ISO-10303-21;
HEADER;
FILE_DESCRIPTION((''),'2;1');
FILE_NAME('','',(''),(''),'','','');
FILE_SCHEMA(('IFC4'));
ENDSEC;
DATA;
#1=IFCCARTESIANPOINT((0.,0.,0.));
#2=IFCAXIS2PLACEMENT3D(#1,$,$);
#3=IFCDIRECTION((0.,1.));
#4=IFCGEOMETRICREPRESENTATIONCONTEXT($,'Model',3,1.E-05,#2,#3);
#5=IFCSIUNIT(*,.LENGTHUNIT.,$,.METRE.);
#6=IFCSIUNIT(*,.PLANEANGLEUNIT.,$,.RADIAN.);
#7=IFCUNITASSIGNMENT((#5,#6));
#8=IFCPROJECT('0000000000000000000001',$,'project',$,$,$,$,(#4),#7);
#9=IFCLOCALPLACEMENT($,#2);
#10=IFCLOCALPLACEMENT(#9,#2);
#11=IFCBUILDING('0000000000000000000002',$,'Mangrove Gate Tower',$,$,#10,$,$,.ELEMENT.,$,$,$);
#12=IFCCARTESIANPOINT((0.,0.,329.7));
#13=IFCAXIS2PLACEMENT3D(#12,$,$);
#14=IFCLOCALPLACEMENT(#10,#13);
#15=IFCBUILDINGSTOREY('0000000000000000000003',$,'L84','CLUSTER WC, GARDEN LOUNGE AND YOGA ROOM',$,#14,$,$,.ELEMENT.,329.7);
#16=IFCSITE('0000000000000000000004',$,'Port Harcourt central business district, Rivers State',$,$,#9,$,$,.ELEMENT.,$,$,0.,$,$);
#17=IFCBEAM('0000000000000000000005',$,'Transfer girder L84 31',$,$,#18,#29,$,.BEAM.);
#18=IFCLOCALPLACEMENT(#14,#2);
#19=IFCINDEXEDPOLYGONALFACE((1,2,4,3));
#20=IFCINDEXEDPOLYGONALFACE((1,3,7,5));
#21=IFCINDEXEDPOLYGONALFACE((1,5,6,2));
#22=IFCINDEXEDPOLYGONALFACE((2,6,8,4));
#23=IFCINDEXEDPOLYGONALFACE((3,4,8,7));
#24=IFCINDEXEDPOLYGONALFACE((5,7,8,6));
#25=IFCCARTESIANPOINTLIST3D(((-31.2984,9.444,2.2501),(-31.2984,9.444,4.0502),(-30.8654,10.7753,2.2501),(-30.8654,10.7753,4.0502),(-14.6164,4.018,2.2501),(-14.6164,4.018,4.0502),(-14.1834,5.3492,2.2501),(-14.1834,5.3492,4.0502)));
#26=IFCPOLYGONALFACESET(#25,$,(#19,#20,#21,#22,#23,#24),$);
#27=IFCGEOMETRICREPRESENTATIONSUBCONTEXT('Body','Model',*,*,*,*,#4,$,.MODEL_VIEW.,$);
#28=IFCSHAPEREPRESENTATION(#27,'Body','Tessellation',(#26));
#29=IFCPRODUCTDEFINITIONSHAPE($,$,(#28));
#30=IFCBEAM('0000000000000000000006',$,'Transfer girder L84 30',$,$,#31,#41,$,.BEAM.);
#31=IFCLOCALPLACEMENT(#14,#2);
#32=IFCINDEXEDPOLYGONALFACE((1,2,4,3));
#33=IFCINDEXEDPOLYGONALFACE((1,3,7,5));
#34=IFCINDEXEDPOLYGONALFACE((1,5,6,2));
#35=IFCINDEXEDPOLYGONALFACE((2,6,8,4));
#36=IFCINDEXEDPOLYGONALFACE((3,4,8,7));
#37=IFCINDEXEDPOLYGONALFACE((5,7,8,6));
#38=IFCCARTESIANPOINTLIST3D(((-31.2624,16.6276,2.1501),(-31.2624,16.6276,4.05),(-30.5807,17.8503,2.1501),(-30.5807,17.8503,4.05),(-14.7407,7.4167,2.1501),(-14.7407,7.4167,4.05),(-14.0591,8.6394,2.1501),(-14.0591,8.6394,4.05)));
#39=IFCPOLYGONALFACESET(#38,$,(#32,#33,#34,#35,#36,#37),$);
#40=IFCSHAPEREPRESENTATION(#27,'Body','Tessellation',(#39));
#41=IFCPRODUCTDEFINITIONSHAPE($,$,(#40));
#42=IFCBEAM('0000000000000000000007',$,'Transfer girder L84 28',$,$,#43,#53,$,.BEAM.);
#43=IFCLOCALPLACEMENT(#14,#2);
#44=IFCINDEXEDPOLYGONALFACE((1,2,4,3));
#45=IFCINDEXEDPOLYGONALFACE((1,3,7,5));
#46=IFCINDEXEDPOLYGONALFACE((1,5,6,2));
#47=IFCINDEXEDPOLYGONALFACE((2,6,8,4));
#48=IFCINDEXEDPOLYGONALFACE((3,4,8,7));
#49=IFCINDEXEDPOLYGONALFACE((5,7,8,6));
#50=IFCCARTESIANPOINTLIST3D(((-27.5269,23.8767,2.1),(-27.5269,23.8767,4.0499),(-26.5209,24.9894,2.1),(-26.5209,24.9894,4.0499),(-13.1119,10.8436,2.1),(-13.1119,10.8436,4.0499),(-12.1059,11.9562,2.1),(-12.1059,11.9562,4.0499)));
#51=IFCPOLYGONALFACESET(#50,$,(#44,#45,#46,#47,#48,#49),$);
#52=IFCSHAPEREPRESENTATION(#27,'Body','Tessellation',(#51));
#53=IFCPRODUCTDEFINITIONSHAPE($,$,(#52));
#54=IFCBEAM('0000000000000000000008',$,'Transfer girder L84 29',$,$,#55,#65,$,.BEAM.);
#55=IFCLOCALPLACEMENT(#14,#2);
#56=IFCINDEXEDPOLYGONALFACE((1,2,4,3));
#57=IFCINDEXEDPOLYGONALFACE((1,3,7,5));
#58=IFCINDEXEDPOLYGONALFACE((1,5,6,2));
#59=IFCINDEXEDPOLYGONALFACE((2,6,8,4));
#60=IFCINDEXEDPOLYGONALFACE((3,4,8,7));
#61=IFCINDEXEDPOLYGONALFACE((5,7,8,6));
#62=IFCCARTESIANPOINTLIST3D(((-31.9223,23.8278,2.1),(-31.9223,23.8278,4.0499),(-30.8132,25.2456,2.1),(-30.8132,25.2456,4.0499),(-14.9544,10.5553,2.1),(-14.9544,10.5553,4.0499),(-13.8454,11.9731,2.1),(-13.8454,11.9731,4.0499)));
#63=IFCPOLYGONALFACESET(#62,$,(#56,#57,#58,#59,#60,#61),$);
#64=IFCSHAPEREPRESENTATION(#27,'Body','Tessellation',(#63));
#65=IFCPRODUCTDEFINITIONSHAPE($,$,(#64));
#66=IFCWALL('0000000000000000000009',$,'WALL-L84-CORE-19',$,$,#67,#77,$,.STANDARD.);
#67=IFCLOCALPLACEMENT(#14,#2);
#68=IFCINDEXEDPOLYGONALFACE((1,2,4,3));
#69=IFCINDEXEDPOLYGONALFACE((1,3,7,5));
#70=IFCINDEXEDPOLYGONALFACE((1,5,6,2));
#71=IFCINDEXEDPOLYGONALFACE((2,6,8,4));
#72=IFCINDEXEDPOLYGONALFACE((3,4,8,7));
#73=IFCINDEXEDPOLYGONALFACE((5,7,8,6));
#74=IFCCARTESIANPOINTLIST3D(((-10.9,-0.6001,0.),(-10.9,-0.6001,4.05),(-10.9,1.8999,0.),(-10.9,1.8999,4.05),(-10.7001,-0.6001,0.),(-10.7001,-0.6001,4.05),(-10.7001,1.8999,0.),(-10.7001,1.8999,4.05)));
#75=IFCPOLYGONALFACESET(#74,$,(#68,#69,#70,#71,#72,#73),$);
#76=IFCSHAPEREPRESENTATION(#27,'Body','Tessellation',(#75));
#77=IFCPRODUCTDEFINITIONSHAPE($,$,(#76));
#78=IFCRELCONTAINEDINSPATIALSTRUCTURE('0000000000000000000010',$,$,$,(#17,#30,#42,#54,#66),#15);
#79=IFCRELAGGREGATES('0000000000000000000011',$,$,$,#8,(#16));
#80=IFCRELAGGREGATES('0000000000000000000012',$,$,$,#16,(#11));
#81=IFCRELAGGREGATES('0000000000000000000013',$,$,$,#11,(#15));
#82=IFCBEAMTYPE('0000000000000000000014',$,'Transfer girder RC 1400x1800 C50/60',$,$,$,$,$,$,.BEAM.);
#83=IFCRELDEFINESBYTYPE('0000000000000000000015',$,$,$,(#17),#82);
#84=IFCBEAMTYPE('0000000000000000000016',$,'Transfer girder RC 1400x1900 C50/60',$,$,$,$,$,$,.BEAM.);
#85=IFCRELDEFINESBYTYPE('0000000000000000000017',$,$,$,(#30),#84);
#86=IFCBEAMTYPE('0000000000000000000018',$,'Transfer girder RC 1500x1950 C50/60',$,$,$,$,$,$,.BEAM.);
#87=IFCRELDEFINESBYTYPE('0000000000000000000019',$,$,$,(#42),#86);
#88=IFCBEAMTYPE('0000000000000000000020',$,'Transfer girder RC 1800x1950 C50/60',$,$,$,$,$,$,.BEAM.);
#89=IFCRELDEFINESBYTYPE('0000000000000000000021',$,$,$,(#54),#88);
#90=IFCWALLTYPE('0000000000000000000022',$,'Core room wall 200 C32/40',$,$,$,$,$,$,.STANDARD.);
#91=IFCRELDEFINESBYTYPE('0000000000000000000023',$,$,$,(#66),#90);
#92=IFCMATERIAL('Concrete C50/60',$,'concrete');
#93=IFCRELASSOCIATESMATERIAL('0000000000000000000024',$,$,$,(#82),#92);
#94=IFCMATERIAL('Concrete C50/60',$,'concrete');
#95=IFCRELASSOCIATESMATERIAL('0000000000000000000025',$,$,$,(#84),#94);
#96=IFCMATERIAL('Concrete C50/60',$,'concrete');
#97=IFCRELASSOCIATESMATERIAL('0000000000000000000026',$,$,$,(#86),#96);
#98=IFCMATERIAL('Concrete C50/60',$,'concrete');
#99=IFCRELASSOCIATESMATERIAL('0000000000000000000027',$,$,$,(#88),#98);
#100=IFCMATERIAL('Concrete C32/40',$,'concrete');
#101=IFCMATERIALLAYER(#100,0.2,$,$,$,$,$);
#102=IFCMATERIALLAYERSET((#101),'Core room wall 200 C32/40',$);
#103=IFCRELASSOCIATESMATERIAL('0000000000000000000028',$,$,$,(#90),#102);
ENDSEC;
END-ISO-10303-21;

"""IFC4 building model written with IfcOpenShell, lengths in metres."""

from ifc_helpers import new_model, si_unit, direction, frame, frame_2d, origin, origin_2d, place, context, subcontext, project, spatial, rectangle, extrude, material, layer, layer_set, material_profile, profile_set, type_object, element, save


model = new_model("IFC4")

# Units and contexts
model_context = context("Model", 3, precision=1e-05, world=origin(), true_north=direction((0.0, 1.0)))
body_context = subcontext(model_context, "Body", "Model", "MODEL_VIEW")
ifc_project = project(units=[si_unit("LENGTHUNIT", "METRE"), si_unit("PLANEANGLEUNIT", "RADIAN")], contexts=[model_context])

# Site, building, storey
site_placement = place(None, origin())
site = spatial("IfcSite", under=ifc_project, at=site_placement, Name="Port Harcourt central business district, Rivers State", CompositionType="ELEMENT", RefElevation=0.0)
building_placement = place(site_placement, origin())
building = spatial("IfcBuilding", under=site, at=building_placement, Name="Mangrove Gate Tower", CompositionType="ELEMENT")
storey_placement = place(building_placement, frame((0.0, 0.0, 329.7)))
storey = spatial("IfcBuildingStorey", under=building, at=storey_placement, Name="L84", Description="CLUSTER WC, GARDEN LOUNGE AND YOGA ROOM", CompositionType="ELEMENT", Elevation=329.7)

# Beams
ifc_material_1 = material(Name="Concrete C50/60", Category="concrete")
ifc_material_profile_1 = material_profile(ifc_material_1, rectangle(XDim=1.3999, YDim=1.8, at=origin_2d()))
ifc_profile_set_1 = profile_set([ifc_material_profile_1], Name="Concrete C50/60")
beam_type_1 = type_object("IfcBeamType", Name="Transfer girder RC 1400x1800 C50/60", PredefinedType="BEAM", material=ifc_profile_set_1)
beam_1_placement = place(storey_placement, frame((-14.3999, 4.6836, 3.1501), z_axis=(-0.95096, 0.309314, 0.0), x_axis=(-0.309314, -0.95096, 0.0)))
element("IfcBeam", 1, at=beam_1_placement, inside=storey, type_object=beam_type_1, Name="Transfer girder L84 31", PredefinedType="BEAM", context=body_context, shape_type="SweptSolid", body=[
    extrude(rectangle(XDim=1.3999, YDim=1.8, at=origin_2d()), origin(), (0.0, 0.0, 1.0), 17.5422),
])
ifc_material_2 = material(Name="Concrete C50/60", Category="concrete")
ifc_material_profile_2 = material_profile(ifc_material_2, rectangle(XDim=1.3999, YDim=1.8999, at=origin_2d()))
ifc_profile_set_2 = profile_set([ifc_material_profile_2], Name="Concrete C50/60")
beam_type_2 = type_object("IfcBeamType", Name="Transfer girder RC 1400x1900 C50/60", PredefinedType="BEAM", material=ifc_profile_set_2)
beam_2_placement = place(storey_placement, frame((-14.3999, 8.0281, 3.1001), z_axis=(-0.873434, 0.486943, 0.0), x_axis=(-0.486943, -0.873434, 0.0)))
element("IfcBeam", 2, at=beam_2_placement, inside=storey, type_object=beam_type_2, Name="Transfer girder L84 30", PredefinedType="BEAM", context=body_context, shape_type="SweptSolid", body=[
    extrude(rectangle(XDim=1.3999, YDim=1.8999, at=origin_2d()), origin(), (0.0, 0.0, 1.0), 18.9158),
])
ifc_material_3 = material(Name="Concrete C50/60", Category="concrete")
ifc_material_profile_3 = material_profile(ifc_material_3, rectangle(XDim=1.5, YDim=1.95, at=origin_2d()))
ifc_profile_set_3 = profile_set([ifc_material_profile_3], Name="Concrete C50/60")
beam_type_3 = type_object("IfcBeamType", Name="Transfer girder RC 1500x1950 C50/60", PredefinedType="BEAM", material=ifc_profile_set_3)
beam_3_placement = place(storey_placement, frame((-12.6089, 11.3999, 3.075), z_axis=(-0.741766, 0.670659, 0.0), x_axis=(-0.670659, -0.741766, 0.0)))
element("IfcBeam", 3, at=beam_3_placement, inside=storey, type_object=beam_type_3, Name="Transfer girder L84 28", PredefinedType="BEAM", context=body_context, shape_type="SweptSolid", body=[
    extrude(rectangle(XDim=1.5, YDim=1.95, at=origin_2d()), origin(), (0.0, 0.0, 1.0), 19.4333),
])
ifc_material_4 = material(Name="Concrete C50/60", Category="concrete")
ifc_material_profile_4 = material_profile(ifc_material_4, rectangle(XDim=1.8, YDim=1.95, at=origin_2d()))
ifc_profile_set_4 = profile_set([ifc_material_profile_4], Name="Concrete C50/60")
beam_type_4 = type_object("IfcBeamType", Name="Transfer girder RC 1800x1950 C50/60", PredefinedType="BEAM", material=ifc_profile_set_4)
beam_4_placement = place(storey_placement, frame((-14.3999, 11.2642, 3.075), z_axis=(-0.787655, 0.616116, 0.0), x_axis=(-0.616116, -0.787655, 0.0)))
element("IfcBeam", 4, at=beam_4_placement, inside=storey, type_object=beam_type_4, Name="Transfer girder L84 29", PredefinedType="BEAM", context=body_context, shape_type="SweptSolid", body=[
    extrude(rectangle(XDim=1.8, YDim=1.95, at=origin_2d()), origin(), (0.0, 0.0, 1.0), 21.5422),
])

# Wall
ifc_material_5 = material(Name="Concrete C32/40", Category="concrete")
ifc_layer_1 = layer(ifc_material_5, 0.2)
ifc_layer_set_1 = layer_set([ifc_layer_1], Name="Core room wall 200 C32/40")
wall_type_1 = type_object("IfcWallType", Name="Core room wall 200 C32/40", PredefinedType="STANDARD", material=ifc_layer_set_1)
wall_1_placement = place(storey_placement, frame((-10.8, -0.6001, 0.0), z_axis=(0.0, 0.0, 1.0), x_axis=(0.0, 1.0, 0.0)))
element("IfcWall", 5, at=wall_1_placement, inside=storey, type_object=wall_type_1, Name="WALL-L84-CORE-19", PredefinedType="STANDARD", context=body_context, shape_type="SweptSolid", body=[
    extrude(rectangle(XDim=2.5, YDim=0.2, at=frame_2d((1.25, 0.0))), origin(), (0.0, 0.0, 1.0), 4.05),
])

save(model, "model.ifc")
